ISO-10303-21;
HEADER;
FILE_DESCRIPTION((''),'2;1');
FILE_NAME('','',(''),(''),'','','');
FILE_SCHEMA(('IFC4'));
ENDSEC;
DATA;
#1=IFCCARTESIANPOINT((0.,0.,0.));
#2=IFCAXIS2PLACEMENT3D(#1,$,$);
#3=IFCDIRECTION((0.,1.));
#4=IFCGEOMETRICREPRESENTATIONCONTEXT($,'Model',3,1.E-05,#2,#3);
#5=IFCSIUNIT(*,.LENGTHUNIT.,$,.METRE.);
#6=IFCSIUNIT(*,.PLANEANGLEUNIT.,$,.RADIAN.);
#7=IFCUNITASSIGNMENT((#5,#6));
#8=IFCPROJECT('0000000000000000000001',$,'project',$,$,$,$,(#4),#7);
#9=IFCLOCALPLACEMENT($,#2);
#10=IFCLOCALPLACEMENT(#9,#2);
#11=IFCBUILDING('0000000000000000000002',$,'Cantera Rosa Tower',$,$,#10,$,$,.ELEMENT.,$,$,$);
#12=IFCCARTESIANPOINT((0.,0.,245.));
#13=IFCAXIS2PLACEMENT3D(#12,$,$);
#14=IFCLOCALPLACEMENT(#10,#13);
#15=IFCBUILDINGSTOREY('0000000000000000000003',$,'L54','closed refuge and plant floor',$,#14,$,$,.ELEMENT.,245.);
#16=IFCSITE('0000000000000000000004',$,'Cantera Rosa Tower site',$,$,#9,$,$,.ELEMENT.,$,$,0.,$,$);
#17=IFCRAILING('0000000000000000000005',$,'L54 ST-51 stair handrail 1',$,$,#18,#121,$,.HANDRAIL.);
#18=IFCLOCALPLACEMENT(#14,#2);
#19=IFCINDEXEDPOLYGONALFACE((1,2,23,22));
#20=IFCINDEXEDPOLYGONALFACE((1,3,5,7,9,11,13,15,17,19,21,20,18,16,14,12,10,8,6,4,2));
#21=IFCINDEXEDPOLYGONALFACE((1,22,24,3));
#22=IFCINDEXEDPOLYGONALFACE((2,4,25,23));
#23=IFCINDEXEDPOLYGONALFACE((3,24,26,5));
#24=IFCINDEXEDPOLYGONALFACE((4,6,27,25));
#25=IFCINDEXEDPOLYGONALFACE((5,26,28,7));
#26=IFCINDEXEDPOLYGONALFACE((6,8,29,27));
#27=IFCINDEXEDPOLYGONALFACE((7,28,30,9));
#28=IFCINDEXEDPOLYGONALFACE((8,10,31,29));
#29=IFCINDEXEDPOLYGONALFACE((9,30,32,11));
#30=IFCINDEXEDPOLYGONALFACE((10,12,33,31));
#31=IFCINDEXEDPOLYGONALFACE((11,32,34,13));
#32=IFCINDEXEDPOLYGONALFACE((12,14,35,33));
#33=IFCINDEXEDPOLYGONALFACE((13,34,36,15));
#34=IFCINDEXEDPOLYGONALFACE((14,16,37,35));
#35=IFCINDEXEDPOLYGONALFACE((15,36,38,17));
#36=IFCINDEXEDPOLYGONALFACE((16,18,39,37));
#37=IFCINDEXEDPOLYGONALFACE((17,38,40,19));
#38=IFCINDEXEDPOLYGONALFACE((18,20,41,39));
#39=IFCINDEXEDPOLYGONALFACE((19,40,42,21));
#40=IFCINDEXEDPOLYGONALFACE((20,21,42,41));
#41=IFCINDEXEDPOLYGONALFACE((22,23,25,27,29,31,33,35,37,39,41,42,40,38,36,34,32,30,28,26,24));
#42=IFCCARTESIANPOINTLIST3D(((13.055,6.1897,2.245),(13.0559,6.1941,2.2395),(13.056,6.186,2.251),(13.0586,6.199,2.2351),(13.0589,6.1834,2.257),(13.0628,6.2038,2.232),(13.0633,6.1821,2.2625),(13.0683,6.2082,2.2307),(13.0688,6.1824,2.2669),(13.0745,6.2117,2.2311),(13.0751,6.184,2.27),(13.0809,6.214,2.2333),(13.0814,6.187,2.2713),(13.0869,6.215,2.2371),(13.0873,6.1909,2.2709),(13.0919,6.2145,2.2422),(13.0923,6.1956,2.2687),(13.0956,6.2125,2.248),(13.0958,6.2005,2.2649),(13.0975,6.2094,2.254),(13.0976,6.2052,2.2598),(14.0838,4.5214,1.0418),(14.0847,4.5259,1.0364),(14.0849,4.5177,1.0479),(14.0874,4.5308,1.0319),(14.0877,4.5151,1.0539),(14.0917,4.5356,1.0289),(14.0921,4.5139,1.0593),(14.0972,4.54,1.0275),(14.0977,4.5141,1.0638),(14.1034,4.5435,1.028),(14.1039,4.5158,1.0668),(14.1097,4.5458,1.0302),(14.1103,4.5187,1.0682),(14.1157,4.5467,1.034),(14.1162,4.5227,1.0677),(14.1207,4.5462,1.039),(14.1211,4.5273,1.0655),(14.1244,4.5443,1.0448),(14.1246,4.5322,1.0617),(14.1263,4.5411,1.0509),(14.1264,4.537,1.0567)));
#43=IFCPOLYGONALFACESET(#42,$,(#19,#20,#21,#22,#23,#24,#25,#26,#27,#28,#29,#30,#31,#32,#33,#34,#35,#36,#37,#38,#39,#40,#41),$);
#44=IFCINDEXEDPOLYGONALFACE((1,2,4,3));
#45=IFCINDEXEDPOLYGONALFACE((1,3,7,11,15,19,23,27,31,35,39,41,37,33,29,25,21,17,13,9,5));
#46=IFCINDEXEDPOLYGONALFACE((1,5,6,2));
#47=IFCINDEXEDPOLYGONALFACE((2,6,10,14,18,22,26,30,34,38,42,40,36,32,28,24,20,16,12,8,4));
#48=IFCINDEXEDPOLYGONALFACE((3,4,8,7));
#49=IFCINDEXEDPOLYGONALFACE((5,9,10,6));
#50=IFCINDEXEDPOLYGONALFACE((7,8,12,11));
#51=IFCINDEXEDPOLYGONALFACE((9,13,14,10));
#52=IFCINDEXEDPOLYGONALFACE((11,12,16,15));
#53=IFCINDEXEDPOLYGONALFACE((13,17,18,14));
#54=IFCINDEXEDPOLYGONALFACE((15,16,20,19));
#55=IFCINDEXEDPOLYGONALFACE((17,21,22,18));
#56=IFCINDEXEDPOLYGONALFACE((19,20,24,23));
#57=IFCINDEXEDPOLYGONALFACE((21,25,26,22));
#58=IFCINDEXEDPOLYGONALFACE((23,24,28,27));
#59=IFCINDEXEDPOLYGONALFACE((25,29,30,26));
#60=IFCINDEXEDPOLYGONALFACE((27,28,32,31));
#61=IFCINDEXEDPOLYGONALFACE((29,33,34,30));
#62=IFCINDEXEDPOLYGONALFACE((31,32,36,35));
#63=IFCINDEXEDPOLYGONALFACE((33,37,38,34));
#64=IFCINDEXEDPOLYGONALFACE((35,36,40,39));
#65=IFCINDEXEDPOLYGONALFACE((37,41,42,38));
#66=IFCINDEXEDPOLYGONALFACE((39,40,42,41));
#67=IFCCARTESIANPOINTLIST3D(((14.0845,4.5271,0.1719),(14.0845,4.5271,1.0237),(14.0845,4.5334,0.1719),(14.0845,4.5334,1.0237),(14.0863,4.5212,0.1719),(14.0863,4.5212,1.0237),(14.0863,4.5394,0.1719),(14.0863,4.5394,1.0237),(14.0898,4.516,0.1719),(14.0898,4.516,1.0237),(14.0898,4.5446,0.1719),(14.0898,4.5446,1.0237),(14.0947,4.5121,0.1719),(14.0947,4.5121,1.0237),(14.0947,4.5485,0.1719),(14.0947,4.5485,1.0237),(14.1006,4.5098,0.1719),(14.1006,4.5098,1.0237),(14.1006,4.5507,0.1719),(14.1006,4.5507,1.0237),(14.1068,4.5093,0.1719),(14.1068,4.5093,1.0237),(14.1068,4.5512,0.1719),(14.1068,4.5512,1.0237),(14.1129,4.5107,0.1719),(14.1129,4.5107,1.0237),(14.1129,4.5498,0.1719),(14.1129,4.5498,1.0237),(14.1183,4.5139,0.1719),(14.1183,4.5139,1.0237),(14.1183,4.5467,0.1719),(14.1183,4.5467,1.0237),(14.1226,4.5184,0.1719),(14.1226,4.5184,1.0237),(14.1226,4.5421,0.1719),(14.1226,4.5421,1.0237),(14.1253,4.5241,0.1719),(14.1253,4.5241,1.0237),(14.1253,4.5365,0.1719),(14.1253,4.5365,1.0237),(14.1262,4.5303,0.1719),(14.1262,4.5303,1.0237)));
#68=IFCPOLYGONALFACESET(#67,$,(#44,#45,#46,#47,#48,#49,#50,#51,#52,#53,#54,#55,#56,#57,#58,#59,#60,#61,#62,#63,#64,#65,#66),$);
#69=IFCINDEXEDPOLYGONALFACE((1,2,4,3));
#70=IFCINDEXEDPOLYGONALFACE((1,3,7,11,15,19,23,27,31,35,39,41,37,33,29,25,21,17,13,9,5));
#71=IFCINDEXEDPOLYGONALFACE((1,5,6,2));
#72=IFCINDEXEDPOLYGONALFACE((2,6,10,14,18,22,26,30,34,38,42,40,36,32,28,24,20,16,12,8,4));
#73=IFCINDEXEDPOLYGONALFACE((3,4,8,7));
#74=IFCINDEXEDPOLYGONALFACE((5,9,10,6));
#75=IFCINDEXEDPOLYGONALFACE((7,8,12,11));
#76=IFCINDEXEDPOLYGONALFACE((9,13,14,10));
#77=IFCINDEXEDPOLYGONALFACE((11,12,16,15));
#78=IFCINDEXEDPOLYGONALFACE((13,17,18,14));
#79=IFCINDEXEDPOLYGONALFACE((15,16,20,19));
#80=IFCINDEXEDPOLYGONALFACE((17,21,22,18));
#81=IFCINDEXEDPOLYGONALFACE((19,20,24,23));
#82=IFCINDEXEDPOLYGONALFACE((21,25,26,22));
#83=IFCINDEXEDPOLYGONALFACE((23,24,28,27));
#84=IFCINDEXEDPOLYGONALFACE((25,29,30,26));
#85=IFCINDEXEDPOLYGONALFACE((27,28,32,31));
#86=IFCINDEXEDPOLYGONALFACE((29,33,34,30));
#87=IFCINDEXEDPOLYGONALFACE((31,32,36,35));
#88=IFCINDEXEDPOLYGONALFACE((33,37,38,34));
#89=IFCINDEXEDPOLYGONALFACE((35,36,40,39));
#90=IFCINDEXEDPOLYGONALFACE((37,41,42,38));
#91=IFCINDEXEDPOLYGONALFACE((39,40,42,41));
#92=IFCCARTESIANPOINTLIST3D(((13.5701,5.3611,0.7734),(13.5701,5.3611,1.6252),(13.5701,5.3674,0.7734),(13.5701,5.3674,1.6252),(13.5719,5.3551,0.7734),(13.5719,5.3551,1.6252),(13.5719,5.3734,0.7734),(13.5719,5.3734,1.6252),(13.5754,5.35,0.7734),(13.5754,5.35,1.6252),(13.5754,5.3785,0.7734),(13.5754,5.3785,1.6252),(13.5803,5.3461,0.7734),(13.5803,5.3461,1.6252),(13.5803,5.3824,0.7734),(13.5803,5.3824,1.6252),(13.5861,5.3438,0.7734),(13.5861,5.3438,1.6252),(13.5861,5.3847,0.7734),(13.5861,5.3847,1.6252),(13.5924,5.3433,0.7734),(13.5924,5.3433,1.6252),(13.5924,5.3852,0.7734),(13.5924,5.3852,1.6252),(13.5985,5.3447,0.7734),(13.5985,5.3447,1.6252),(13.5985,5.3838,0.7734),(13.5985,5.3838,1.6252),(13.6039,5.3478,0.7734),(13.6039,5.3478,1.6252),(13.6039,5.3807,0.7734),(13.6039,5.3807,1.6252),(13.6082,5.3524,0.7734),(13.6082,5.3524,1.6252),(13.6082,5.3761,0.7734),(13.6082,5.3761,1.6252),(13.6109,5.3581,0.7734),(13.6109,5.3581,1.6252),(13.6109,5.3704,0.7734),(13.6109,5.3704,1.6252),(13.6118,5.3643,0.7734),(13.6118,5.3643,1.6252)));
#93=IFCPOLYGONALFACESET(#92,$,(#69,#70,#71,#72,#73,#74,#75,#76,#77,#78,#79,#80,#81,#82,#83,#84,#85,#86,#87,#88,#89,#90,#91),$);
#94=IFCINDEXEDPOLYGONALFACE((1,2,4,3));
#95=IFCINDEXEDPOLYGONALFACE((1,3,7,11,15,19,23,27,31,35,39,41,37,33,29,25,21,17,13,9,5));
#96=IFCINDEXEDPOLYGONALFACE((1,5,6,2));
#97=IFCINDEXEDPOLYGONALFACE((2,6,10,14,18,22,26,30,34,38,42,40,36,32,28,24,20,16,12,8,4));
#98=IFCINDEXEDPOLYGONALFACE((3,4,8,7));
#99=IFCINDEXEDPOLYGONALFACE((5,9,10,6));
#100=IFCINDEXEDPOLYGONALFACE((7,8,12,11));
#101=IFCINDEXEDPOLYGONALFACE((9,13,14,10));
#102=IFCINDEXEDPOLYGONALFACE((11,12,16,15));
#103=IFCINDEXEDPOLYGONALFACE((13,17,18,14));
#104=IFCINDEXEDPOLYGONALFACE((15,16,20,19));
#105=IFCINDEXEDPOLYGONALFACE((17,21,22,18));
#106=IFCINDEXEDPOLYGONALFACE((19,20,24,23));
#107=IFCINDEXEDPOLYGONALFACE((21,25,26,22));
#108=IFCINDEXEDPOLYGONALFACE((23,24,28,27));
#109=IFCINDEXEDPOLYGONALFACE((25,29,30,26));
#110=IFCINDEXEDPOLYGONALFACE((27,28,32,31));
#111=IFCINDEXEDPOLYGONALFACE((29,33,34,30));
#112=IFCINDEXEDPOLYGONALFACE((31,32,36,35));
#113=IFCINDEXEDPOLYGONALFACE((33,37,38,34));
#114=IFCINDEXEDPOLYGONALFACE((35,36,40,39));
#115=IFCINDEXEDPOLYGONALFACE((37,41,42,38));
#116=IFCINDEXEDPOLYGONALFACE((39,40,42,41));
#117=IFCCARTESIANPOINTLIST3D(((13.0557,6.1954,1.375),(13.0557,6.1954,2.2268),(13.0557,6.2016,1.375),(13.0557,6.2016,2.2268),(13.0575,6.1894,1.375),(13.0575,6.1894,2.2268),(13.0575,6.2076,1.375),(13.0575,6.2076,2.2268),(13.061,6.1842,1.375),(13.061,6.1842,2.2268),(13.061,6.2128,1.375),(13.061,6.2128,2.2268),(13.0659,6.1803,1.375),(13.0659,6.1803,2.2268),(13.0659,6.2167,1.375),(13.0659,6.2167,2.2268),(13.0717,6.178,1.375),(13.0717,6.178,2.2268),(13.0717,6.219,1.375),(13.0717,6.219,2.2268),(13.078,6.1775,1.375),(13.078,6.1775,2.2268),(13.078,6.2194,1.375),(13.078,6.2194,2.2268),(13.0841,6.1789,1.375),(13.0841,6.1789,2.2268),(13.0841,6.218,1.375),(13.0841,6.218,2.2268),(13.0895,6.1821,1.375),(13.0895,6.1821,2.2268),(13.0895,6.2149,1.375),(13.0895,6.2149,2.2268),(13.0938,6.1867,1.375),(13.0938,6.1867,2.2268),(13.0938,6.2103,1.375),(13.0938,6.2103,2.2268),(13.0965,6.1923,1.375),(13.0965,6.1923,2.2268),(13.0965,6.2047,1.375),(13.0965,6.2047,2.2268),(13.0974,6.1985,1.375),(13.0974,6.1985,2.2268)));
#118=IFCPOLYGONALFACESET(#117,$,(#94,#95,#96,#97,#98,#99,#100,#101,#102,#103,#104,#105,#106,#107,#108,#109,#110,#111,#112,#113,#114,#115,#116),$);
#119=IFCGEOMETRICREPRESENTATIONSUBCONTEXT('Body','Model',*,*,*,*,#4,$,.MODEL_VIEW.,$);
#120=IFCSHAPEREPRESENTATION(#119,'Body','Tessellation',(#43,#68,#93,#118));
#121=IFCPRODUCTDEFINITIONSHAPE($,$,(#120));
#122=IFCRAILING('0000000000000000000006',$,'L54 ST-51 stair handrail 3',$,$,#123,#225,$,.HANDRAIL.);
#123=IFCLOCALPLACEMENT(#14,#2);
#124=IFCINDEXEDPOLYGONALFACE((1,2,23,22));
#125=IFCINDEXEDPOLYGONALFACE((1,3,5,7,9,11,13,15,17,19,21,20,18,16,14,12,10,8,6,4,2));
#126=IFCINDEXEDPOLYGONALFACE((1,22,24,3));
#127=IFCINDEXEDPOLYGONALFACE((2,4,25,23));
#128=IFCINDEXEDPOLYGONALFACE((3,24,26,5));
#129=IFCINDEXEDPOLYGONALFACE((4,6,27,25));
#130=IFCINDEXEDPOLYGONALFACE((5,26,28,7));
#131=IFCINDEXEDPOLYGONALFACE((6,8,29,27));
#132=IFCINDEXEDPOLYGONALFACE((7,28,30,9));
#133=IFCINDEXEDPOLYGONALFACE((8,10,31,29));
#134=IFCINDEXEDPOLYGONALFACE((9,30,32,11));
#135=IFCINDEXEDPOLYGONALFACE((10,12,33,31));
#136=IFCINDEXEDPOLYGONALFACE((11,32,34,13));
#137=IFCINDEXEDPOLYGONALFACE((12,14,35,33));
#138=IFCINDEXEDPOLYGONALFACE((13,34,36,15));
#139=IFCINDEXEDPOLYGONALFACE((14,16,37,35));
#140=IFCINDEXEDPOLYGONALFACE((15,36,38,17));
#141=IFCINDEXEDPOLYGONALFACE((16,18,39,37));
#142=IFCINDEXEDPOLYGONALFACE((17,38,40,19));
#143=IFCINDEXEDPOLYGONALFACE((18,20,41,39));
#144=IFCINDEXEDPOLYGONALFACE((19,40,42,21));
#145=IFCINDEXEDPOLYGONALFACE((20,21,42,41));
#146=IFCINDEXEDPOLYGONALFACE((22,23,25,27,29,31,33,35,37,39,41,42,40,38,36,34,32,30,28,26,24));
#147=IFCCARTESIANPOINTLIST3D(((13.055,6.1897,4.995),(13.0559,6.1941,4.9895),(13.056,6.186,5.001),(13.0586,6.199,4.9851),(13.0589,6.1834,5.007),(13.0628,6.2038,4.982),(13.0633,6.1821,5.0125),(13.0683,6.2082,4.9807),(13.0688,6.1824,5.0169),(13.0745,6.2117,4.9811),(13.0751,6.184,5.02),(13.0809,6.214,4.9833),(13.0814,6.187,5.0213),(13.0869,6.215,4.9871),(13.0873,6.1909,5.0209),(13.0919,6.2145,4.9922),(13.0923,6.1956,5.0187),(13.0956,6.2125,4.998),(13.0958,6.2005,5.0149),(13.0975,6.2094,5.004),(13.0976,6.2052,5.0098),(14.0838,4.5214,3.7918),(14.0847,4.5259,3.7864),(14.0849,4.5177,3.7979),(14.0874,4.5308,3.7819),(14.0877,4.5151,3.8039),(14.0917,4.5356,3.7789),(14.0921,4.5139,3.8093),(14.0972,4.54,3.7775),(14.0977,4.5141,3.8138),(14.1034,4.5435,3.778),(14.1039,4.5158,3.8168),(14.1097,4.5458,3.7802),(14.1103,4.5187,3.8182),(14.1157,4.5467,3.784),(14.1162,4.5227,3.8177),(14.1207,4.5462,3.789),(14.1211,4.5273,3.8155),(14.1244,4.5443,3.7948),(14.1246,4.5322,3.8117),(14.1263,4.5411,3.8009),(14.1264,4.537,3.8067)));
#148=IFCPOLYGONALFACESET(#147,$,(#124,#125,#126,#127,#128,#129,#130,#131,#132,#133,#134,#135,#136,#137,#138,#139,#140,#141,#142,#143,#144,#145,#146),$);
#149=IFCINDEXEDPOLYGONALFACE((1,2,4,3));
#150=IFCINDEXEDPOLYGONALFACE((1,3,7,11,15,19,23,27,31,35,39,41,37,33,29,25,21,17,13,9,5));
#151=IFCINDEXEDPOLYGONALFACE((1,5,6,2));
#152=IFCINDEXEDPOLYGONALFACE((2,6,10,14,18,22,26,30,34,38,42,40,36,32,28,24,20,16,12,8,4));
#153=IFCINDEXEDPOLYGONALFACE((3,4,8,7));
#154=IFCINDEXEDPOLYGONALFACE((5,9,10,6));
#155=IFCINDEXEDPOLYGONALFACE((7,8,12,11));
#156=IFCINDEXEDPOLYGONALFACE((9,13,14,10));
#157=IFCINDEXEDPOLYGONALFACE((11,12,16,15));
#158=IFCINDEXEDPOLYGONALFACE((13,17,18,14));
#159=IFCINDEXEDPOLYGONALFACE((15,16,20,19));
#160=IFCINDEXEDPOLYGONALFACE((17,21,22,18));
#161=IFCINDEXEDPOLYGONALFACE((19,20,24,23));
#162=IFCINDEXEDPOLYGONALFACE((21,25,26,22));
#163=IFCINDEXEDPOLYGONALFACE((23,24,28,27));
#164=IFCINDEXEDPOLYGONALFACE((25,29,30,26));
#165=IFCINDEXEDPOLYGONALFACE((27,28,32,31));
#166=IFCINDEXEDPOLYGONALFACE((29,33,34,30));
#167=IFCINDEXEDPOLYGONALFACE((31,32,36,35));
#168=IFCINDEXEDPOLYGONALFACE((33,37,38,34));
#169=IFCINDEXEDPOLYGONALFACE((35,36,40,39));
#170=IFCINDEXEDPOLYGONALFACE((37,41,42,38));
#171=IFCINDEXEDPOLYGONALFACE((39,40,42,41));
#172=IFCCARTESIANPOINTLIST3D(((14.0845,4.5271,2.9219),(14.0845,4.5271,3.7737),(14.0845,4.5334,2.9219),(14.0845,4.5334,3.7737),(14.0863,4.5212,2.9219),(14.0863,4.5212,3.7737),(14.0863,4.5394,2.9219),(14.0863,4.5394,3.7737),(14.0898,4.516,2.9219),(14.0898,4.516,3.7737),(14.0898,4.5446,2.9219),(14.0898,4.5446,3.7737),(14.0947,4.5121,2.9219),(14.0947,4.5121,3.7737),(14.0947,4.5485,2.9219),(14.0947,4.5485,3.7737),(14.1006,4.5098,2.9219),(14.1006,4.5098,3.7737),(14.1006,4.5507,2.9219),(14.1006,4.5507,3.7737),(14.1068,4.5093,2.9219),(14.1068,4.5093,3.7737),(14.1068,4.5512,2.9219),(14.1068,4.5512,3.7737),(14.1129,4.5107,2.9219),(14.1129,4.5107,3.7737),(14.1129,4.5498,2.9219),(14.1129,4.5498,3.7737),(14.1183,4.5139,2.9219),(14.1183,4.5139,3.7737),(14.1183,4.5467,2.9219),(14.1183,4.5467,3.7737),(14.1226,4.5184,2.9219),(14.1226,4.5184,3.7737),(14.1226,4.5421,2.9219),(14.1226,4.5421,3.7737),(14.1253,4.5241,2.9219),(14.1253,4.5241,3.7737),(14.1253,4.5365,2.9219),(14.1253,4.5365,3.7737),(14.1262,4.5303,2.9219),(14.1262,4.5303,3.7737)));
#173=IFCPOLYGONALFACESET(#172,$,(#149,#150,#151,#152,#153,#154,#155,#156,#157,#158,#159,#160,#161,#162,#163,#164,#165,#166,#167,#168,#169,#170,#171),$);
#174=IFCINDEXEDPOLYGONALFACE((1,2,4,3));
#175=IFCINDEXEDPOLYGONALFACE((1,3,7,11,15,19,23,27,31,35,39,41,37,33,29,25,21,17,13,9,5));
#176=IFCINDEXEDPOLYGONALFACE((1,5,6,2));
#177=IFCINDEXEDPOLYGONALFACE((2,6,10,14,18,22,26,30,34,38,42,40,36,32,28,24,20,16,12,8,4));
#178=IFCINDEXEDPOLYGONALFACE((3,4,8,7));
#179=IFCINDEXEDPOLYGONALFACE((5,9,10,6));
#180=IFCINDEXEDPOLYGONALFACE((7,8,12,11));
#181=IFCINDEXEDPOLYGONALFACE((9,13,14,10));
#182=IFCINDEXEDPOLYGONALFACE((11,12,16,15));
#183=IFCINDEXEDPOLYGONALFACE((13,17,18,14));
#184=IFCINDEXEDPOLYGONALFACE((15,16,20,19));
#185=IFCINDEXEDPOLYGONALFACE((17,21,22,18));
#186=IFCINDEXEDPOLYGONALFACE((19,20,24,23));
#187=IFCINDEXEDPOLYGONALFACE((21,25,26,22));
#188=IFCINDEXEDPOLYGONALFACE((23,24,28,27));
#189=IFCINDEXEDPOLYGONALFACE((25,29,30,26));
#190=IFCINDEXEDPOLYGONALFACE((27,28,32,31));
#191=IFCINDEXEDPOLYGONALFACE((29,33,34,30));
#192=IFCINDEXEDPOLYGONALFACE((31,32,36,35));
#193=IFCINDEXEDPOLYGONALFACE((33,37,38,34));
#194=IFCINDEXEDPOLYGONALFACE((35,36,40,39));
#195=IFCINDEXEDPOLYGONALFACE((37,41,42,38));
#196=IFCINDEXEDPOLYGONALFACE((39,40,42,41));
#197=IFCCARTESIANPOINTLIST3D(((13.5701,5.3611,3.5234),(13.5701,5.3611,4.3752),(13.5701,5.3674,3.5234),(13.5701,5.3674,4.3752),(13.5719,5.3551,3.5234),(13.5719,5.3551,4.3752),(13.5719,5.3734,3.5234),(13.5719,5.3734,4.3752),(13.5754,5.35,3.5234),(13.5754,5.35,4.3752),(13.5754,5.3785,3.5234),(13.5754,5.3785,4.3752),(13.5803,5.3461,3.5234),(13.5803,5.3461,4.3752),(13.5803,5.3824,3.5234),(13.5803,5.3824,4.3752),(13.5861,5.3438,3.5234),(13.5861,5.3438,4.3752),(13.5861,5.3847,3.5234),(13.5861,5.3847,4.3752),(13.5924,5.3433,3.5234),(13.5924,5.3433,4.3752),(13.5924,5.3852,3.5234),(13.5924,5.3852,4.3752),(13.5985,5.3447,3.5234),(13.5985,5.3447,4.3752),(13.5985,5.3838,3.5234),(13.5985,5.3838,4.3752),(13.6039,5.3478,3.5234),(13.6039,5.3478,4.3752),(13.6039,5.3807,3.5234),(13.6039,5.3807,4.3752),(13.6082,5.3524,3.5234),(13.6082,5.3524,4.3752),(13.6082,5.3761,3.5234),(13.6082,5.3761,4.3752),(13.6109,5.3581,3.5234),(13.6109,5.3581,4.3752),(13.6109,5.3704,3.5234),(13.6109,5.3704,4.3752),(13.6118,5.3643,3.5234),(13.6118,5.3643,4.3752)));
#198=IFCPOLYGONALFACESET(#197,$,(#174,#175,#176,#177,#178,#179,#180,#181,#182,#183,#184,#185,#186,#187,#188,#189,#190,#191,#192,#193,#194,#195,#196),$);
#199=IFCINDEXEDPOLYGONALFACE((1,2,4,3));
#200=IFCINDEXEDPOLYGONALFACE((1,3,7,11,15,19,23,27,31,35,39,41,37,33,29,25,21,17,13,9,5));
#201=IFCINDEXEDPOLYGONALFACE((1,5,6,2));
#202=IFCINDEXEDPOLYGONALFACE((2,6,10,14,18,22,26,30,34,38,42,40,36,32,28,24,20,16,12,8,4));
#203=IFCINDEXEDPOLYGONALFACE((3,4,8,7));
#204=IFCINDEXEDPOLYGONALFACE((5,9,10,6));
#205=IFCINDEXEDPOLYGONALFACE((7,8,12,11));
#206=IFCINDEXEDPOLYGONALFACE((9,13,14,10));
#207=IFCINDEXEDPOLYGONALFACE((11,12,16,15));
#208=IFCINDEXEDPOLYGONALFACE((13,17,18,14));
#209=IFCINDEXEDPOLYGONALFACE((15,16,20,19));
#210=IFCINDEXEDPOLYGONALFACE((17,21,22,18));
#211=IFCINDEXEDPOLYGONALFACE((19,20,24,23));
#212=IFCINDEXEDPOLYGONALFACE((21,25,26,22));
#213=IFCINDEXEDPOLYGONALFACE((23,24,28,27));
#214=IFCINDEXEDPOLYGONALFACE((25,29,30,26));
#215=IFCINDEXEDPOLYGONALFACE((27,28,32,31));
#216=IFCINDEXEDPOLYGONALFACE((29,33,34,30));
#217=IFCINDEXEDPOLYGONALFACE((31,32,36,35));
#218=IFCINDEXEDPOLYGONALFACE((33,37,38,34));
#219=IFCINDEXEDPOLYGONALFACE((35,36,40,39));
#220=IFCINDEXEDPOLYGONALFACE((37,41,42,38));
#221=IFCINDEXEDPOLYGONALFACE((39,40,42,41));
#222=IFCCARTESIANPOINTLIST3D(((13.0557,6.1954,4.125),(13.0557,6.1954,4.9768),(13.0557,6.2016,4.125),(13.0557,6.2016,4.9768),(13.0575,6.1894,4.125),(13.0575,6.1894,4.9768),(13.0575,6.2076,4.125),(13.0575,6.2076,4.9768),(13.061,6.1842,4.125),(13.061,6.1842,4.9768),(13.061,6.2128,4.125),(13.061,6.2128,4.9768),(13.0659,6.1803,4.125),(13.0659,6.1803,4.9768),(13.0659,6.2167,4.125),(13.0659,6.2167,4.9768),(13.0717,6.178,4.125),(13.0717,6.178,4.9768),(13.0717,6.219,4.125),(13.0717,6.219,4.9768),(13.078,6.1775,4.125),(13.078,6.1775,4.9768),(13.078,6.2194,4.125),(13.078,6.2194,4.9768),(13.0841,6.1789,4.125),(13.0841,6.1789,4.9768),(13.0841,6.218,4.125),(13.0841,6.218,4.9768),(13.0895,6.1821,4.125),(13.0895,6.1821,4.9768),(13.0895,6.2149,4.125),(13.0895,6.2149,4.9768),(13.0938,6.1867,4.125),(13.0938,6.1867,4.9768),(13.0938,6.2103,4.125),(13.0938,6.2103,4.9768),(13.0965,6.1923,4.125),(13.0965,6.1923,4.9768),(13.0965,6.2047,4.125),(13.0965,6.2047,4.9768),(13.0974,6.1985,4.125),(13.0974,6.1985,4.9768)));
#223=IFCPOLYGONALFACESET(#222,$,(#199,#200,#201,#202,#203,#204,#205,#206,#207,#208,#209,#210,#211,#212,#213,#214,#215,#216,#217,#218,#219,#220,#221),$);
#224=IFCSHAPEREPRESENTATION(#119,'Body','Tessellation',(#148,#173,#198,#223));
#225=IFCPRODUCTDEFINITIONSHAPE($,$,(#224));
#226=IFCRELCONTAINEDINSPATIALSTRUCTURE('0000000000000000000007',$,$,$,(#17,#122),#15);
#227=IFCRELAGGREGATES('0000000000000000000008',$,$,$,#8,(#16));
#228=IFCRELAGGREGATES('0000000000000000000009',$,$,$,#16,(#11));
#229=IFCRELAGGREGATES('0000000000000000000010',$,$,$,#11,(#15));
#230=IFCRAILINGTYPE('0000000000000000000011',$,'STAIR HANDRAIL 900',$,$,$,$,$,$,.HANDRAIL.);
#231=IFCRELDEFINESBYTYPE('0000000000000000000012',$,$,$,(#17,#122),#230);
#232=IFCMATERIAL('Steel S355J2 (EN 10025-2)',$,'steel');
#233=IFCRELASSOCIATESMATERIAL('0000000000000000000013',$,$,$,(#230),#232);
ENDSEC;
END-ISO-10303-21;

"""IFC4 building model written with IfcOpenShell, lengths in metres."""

from ifc_helpers import new_model, si_unit, direction, frame, origin, origin_2d, place, context, subcontext, project, spatial, circle, extrude, material, type_object, element, save


model = new_model("IFC4")

# Units and contexts
model_context = context("Model", 3, precision=1e-05, world=origin(), true_north=direction((0.0, 1.0)))
body_context = subcontext(model_context, "Body", "Model", "MODEL_VIEW")
ifc_project = project(units=[si_unit("LENGTHUNIT", "METRE"), si_unit("PLANEANGLEUNIT", "RADIAN")], contexts=[model_context])

# Site, building, storey
site_placement = place(None, origin())
site = spatial("IfcSite", under=ifc_project, at=site_placement, Name="Cantera Rosa Tower site", CompositionType="ELEMENT", RefElevation=0.0)
building_placement = place(site_placement, origin())
building = spatial("IfcBuilding", under=site, at=building_placement, Name="Cantera Rosa Tower", CompositionType="ELEMENT")
storey_placement = place(building_placement, frame((0.0, 0.0, 245.0)))
storey = spatial("IfcBuildingStorey", under=building, at=storey_placement, Name="L54", Description="closed refuge and plant floor", CompositionType="ELEMENT", Elevation=245.0)

# Railings
ifc_material_1 = material(Name="Steel S355J2 (EN 10025-2)", Category="steel")
railing_type_1 = type_object("IfcRailingType", Name="STAIR HANDRAIL 900", PredefinedType="HANDRAIL", material=ifc_material_1)
for number, where, name in (
    (1, (14.1052, 4.5303, 0.1719), "L54 ST-51 stair handrail 1"),
    (2, (14.1052, 4.5303, 2.9219), "L54 ST-51 stair handrail 3"),
):
    element("IfcRailing", number, at=place(storey_placement, frame(where)), inside=storey, type_object=railing_type_1, Name=name, PredefinedType="HANDRAIL", context=body_context, shape_type="SweptSolid", body=[
        extrude(circle(Radius=0.0239, at=origin_2d()), frame((0.0, 0.0, 0.876), z_axis=(-0.447355, 0.725386, 0.523153), x_axis=(-0.851153, -0.524917, 0.0)), (0.0, 0.0, 1.0), 2.2998),
        extrude(circle(Radius=0.021, at=origin_2d()), origin(), (0.0, 0.0, 1.0), 0.8518),
        extrude(circle(Radius=0.021, at=origin_2d()), frame((-0.5144, 0.834, 0.6016)), (0.0, 0.0, 1.0), 0.8518),
        extrude(circle(Radius=0.021, at=origin_2d()), frame((-1.0288, 1.6682, 1.2031)), (0.0, 0.0, 1.0), 0.8518),
    ])

save(model, "model.ifc")
